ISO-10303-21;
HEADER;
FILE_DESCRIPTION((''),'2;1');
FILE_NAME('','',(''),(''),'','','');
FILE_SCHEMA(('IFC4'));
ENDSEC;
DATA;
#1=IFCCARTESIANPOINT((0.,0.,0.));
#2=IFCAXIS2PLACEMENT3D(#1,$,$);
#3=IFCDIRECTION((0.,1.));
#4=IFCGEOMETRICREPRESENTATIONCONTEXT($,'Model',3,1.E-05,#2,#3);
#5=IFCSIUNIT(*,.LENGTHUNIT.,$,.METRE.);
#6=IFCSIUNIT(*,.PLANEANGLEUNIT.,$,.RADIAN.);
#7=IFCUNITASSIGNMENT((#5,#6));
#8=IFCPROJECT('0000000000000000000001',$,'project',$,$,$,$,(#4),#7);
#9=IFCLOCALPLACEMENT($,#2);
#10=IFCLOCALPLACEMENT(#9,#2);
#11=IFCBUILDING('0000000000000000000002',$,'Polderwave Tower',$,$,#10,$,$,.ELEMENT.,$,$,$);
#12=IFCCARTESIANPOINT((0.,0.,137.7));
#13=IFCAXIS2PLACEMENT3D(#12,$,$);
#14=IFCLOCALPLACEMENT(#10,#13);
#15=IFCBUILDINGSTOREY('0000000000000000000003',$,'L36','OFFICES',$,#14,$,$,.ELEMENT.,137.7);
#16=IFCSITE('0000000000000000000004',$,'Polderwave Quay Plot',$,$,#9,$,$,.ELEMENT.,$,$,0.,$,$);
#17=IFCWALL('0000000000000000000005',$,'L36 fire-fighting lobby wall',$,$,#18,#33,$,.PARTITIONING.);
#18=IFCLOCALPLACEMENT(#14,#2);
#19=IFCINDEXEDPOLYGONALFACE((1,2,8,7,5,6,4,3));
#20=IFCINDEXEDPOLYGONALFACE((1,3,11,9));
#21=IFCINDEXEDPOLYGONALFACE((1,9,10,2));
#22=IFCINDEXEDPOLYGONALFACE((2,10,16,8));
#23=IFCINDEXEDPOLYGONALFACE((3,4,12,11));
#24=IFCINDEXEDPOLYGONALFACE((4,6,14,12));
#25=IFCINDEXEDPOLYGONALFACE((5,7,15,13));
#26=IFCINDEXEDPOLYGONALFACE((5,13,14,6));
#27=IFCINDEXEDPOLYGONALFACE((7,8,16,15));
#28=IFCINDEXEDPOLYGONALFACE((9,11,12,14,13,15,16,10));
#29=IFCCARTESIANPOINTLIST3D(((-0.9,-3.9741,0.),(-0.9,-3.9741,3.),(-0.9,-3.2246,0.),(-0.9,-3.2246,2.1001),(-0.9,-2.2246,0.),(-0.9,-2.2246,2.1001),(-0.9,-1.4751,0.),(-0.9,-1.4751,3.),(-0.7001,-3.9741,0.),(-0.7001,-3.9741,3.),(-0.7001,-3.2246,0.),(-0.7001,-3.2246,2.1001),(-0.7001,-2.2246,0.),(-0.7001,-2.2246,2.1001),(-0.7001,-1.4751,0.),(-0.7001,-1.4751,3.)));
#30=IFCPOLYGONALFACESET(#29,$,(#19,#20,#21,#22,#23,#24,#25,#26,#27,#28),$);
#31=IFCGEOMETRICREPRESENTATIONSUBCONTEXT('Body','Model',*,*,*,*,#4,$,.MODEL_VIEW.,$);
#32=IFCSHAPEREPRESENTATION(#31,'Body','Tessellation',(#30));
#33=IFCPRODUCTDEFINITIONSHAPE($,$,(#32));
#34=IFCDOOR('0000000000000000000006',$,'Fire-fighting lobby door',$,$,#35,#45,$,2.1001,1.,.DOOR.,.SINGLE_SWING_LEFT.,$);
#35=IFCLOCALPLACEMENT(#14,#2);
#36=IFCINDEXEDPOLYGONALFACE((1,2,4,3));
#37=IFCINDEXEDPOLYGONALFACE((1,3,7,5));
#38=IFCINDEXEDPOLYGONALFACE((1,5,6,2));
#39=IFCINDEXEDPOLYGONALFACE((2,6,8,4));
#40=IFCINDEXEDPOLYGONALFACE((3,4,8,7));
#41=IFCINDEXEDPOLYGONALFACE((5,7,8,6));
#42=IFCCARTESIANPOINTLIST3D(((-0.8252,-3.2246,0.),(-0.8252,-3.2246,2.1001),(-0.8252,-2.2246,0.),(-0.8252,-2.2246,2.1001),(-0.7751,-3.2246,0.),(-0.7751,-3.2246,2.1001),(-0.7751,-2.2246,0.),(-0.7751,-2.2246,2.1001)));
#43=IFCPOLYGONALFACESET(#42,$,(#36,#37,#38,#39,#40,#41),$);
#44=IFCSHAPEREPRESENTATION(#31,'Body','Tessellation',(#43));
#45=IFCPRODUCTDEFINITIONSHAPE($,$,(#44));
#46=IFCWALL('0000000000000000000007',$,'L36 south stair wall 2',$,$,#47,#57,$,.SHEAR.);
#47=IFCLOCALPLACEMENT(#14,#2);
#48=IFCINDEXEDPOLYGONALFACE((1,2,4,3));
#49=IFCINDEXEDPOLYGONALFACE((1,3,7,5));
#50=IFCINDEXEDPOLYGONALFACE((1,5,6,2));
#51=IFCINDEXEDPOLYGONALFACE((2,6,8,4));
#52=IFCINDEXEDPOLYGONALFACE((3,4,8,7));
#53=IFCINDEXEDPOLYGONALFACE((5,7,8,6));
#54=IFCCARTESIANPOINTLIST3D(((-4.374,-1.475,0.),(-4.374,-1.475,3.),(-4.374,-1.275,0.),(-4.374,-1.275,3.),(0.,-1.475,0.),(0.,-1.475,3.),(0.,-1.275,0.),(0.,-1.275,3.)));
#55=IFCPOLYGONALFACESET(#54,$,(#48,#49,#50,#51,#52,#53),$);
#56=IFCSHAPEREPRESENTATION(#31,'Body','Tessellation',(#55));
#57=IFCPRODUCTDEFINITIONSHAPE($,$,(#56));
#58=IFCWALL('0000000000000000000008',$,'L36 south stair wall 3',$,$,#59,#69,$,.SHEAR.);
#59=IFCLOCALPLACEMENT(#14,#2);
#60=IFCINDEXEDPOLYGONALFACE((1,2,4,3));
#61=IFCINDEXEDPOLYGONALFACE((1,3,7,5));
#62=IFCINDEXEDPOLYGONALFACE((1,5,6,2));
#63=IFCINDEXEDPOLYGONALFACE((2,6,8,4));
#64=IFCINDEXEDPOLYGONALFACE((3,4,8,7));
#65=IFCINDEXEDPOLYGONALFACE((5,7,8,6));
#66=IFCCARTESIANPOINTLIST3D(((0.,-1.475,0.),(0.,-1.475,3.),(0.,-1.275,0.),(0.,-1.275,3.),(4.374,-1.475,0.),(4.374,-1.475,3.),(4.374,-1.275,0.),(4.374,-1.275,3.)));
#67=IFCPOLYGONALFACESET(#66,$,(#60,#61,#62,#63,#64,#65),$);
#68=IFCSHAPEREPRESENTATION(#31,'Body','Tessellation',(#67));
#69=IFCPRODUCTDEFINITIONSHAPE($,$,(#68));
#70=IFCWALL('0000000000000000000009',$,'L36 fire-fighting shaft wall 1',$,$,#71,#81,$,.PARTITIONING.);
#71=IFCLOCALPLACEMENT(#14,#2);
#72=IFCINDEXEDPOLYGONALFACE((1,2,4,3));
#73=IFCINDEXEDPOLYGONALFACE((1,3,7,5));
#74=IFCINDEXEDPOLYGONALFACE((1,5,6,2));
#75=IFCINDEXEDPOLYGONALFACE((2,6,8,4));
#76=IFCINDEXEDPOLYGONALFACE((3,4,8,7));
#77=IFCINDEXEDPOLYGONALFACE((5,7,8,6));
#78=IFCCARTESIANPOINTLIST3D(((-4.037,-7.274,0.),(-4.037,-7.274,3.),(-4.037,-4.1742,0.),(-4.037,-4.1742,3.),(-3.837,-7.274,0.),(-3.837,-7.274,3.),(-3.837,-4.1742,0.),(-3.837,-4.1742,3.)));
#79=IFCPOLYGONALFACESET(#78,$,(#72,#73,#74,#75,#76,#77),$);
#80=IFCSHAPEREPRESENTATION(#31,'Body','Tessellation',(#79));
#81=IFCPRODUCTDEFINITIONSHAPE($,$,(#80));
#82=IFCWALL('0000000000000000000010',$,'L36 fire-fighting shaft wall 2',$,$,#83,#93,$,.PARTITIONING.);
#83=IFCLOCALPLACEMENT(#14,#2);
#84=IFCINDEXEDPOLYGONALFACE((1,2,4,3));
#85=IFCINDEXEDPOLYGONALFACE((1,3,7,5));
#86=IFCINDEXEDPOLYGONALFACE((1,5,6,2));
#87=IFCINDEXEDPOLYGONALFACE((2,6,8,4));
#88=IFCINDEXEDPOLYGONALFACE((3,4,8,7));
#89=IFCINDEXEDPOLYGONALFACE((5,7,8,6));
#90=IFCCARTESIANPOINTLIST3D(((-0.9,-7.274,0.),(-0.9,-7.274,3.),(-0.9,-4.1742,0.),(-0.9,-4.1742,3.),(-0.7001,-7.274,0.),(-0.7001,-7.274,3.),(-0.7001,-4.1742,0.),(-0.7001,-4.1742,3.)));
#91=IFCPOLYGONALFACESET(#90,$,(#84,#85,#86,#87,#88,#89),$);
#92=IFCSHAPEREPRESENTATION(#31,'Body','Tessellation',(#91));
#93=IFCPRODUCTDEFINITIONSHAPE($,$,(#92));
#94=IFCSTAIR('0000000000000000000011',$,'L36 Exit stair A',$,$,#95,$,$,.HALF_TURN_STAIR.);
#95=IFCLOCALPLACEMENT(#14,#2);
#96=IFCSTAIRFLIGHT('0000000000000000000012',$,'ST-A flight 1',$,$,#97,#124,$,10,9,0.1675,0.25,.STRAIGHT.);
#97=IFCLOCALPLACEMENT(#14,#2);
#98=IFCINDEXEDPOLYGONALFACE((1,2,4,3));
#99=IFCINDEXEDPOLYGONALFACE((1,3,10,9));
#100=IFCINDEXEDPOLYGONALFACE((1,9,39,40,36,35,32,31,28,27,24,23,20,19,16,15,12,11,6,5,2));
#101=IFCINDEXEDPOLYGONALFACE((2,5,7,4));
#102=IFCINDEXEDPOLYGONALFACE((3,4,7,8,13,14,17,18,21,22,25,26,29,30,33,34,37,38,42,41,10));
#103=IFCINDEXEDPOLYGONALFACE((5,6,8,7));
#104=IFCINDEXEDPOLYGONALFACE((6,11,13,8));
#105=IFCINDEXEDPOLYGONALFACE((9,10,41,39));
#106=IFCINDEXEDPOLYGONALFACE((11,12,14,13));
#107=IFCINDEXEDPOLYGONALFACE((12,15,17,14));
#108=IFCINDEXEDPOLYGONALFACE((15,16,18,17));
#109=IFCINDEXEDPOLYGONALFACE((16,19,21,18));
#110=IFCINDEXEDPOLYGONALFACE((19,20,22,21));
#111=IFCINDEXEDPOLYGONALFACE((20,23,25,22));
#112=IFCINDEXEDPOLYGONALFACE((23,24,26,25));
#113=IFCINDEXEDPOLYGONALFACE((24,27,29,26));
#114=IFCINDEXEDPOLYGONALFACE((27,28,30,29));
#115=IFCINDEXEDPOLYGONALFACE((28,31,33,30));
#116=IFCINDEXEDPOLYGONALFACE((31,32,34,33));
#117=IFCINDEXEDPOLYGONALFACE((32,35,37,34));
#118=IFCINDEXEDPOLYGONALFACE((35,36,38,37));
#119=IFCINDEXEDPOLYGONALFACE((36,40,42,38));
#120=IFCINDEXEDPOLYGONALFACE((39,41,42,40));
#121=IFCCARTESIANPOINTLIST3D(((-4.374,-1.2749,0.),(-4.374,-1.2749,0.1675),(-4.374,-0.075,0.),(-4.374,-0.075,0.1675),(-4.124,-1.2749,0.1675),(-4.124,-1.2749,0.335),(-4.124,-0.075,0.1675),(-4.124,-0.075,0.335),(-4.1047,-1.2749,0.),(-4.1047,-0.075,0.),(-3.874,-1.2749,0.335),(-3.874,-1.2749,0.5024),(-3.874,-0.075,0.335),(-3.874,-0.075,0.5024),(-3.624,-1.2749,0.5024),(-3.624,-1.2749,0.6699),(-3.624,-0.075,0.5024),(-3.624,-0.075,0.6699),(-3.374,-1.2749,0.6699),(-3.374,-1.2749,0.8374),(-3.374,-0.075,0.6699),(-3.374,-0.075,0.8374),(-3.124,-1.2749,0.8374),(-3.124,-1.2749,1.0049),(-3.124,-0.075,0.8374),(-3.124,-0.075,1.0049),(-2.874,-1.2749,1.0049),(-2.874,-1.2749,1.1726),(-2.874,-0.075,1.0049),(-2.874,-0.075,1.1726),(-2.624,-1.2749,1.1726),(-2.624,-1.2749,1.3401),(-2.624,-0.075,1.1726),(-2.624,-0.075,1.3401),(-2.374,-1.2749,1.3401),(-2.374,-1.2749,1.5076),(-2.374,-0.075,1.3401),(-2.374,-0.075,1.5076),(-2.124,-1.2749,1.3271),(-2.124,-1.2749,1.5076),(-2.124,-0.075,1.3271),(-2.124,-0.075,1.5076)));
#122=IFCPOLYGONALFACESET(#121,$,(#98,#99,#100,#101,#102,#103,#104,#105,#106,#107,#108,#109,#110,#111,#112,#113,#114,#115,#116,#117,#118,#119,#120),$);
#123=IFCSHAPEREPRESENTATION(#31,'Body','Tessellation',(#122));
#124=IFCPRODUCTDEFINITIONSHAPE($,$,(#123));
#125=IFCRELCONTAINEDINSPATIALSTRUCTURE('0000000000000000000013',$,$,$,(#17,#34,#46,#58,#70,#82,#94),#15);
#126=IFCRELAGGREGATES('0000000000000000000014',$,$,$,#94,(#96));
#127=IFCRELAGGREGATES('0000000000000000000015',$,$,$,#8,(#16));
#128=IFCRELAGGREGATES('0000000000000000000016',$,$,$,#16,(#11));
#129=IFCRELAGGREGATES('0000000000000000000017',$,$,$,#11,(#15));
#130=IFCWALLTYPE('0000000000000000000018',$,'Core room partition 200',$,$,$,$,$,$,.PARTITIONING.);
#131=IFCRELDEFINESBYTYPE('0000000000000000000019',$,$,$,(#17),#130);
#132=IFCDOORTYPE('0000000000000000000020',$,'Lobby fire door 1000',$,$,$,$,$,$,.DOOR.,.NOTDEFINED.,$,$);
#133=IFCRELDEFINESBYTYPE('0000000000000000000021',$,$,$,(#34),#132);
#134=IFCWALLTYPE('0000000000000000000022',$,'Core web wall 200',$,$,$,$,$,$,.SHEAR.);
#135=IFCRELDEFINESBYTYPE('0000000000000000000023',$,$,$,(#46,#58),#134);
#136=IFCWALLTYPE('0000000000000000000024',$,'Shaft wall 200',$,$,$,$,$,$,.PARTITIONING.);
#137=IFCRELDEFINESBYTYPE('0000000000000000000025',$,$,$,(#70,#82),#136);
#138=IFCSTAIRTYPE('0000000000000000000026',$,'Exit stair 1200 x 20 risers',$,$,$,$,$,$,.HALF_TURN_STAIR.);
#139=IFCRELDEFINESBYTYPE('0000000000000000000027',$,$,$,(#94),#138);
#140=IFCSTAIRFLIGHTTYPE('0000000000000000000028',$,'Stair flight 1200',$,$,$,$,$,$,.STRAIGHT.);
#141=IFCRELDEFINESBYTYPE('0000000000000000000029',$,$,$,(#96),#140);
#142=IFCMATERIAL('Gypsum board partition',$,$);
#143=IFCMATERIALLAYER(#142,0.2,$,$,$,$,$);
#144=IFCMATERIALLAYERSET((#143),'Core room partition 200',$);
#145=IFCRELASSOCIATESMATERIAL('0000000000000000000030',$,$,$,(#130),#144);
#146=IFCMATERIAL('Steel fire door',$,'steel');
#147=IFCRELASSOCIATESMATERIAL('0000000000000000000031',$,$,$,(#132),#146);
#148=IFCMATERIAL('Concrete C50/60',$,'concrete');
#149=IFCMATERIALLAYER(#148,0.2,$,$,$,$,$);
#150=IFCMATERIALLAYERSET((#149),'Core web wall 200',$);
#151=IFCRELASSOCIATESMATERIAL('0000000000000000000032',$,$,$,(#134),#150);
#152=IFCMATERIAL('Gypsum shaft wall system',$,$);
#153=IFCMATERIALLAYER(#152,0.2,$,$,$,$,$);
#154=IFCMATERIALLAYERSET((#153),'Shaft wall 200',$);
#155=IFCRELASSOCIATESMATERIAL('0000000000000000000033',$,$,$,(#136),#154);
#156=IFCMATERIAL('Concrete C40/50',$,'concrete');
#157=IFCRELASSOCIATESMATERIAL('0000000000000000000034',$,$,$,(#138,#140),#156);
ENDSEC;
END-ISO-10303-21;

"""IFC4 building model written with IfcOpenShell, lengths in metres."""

from ifc_helpers import new_model, si_unit, direction, frame, frame_2d, origin, place, context, subcontext, project, spatial, polyline, rectangle, outline, extrude, material, layer, layer_set, type_object, element, fill, aggregate, save


model = new_model("IFC4")

# Units and contexts
model_context = context("Model", 3, precision=1e-05, world=origin(), true_north=direction((0.0, 1.0)))
body_context = subcontext(model_context, "Body", "Model", "MODEL_VIEW")
ifc_project = project(units=[si_unit("LENGTHUNIT", "METRE"), si_unit("PLANEANGLEUNIT", "RADIAN")], contexts=[model_context])

# Site, building, storey
site_placement = place(None, origin())
site = spatial("IfcSite", under=ifc_project, at=site_placement, Name="Polderwave Quay Plot", CompositionType="ELEMENT", RefElevation=0.0)
building_placement = place(site_placement, origin())
building = spatial("IfcBuilding", under=site, at=building_placement, Name="Polderwave Tower", CompositionType="ELEMENT")
storey_placement = place(building_placement, frame((0.0, 0.0, 137.7)))
storey = spatial("IfcBuildingStorey", under=building, at=storey_placement, Name="L36", Description="OFFICES", CompositionType="ELEMENT", Elevation=137.7)

# Wall, opening, door
ifc_material_1 = material(Name="Gypsum board partition")
ifc_layer_1 = layer(ifc_material_1, 0.2)
ifc_layer_set_1 = layer_set([ifc_layer_1], Name="Core room partition 200")
wall_type_1 = type_object("IfcWallType", Name="Core room partition 200", PredefinedType="PARTITIONING", material=ifc_layer_set_1)
wall_placement = place(storey_placement, frame((-0.8, -3.9741, 0.0), z_axis=(0.0, 0.0, 1.0), x_axis=(0.0, 1.0, 0.0)))
wall = element("IfcWall", 1, at=wall_placement, inside=storey, type_object=wall_type_1, Name="L36 fire-fighting lobby wall", PredefinedType="PARTITIONING", context=body_context, shape_type="SweptSolid", body=[
    extrude(rectangle(XDim=2.499, YDim=0.2, at=frame_2d((1.2495, 0.0))), origin(), (0.0, 0.0, 1.0), 3.0),
])
opening_placement = place(wall_placement, frame((0.7495, 0.0, 0.0)))
opening = element("IfcOpeningElement", 2, at=opening_placement, cuts=wall, PredefinedType="OPENING", context=body_context, shape_type="SweptSolid", body=[
    extrude(rectangle(XDim=1.0, YDim=2.1001, at=frame_2d((0.5, 1.05))), frame((0.0, 0.1099, 0.0), z_axis=(0.0, -1.0, 0.0), x_axis=(1.0, 0.0, 0.0)), (0.0, 0.0, 1.0), 0.22),
])
ifc_material_2 = material(Name="Steel fire door", Category="steel")
door_type = type_object("IfcDoorType", Name="Lobby fire door 1000", OperationType="NOTDEFINED", PredefinedType="DOOR", material=ifc_material_2)
door_placement = place(opening_placement, frame((1.0, 0.0, 0.0), z_axis=(0.0, 0.0, 1.0), x_axis=(-1.0, 0.0, 0.0)))
door = element("IfcDoor", 3, at=door_placement, inside=storey, type_object=door_type, Name="Fire-fighting lobby door", OperationType="SINGLE_SWING_LEFT", OverallHeight=2.1001, OverallWidth=1.0, PredefinedType="DOOR", context=body_context, shape_type="SweptSolid", body=[
    extrude(rectangle(XDim=1.0, YDim=2.1001, at=frame_2d((0.5, 1.05))), frame((0.0, 0.0249, 0.0), z_axis=(0.0, -1.0, 0.0), x_axis=(1.0, 0.0, 0.0)), (0.0, 0.0, 1.0), 0.05),
])
fill(opening, door)

# Walls
ifc_material_3 = material(Name="Concrete C50/60", Category="concrete")
ifc_layer_2 = layer(ifc_material_3, 0.2)
ifc_layer_set_2 = layer_set([ifc_layer_2], Name="Core web wall 200")
wall_type_2 = type_object("IfcWallType", Name="Core web wall 200", PredefinedType="SHEAR", material=ifc_layer_set_2)
for number, where, z_axis, x_axis, name in (
    (4, (-4.374, -1.375, 0.0), (0.0, 0.0, 1.0), (1.0, 0.0, 0.0), "L36 south stair wall 2"),
    (5, (0.0, -1.375, 0.0), (0.0, 0.0, 1.0), (1.0, 0.0, 0.0), "L36 south stair wall 3"),
):
    element("IfcWall", number, at=place(storey_placement, frame(where, z_axis=z_axis, x_axis=x_axis)), inside=storey, type_object=wall_type_2, Name=name, PredefinedType="SHEAR", context=body_context, shape_type="SweptSolid", body=[
        extrude(rectangle(XDim=4.374, YDim=0.2, at=frame_2d((2.187, 0.0))), origin(), (0.0, 0.0, 1.0), 3.0),
    ])
ifc_material_4 = material(Name="Gypsum shaft wall system")
ifc_layer_3 = layer(ifc_material_4, 0.2)
ifc_layer_set_3 = layer_set([ifc_layer_3], Name="Shaft wall 200")
wall_type_3 = type_object("IfcWallType", Name="Shaft wall 200", PredefinedType="PARTITIONING", material=ifc_layer_set_3)
for number, where, z_axis, x_axis, name in (
    (6, (-3.937, -7.2739, 0.0), (0.0, 0.0, 1.0), (0.0, 1.0, 0.0), "L36 fire-fighting shaft wall 1"),
    (7, (-0.8, -7.2739, 0.0), (0.0, 0.0, 1.0), (0.0, 1.0, 0.0), "L36 fire-fighting shaft wall 2"),
):
    element("IfcWall", number, at=place(storey_placement, frame(where, z_axis=z_axis, x_axis=x_axis)), inside=storey, type_object=wall_type_3, Name=name, PredefinedType="PARTITIONING", context=body_context, shape_type="SweptSolid", body=[
        extrude(rectangle(XDim=3.0999, YDim=0.2, at=frame_2d((1.5498, 0.0))), origin(), (0.0, 0.0, 1.0), 3.0),
    ])

# Stair, stair flight
ifc_material_5 = material(Name="Concrete C40/50", Category="concrete")
stair_type = type_object("IfcStairType", Name="Exit stair 1200 x 20 risers", PredefinedType="HALF_TURN_STAIR", material=ifc_material_5)
stair_placement = place(storey_placement, origin())
stair = element("IfcStair", 8, at=stair_placement, inside=storey, type_object=stair_type, Name="L36 Exit stair A", PredefinedType="HALF_TURN_STAIR")
stair_flight_type = type_object("IfcStairFlightType", Name="Stair flight 1200", PredefinedType="STRAIGHT", material=ifc_material_5)
stair_flight_placement = place(storey_placement, frame((-4.374, -0.675, 0.0), z_axis=(0.0, 0.0, 1.0), x_axis=(1.0, 0.0, 0.0)))
stair_flight = element("IfcStairFlight", 9, at=stair_flight_placement, type_object=stair_flight_type, Name="ST-A flight 1", NumberOfRisers=10, NumberOfTreads=9, PredefinedType="STRAIGHT", RiserHeight=0.1675, TreadLength=0.25, context=body_context, shape_type="SweptSolid", body=[
    extrude(outline(polyline([(0.0, 0.0), (0.0, 0.1675), (0.25, 0.1675), (0.25, 0.335), (0.5, 0.335), (0.5, 0.5024), (0.75, 0.5024), (0.75, 0.6699), (1.0, 0.6699), (1.0, 0.8374), (1.25, 0.8374), (1.25, 1.0049), (1.5, 1.0049), (1.5, 1.1726), (1.75, 1.1726), (1.75, 1.3401), (2.0, 1.3401), (2.0, 1.5076), (2.25, 1.5076), (2.25, 1.675), (2.25, 1.3271), (0.2693, 0.0), (0.0, 0.0)])), frame((0.0, 0.6001, 0.0), z_axis=(0.0, -1.0, 0.0), x_axis=(1.0, 0.0, 0.0)), (0.0, 0.0, 1.0), 1.2),
])
aggregate(stair, [stair_flight])

save(model, "model.ifc")
